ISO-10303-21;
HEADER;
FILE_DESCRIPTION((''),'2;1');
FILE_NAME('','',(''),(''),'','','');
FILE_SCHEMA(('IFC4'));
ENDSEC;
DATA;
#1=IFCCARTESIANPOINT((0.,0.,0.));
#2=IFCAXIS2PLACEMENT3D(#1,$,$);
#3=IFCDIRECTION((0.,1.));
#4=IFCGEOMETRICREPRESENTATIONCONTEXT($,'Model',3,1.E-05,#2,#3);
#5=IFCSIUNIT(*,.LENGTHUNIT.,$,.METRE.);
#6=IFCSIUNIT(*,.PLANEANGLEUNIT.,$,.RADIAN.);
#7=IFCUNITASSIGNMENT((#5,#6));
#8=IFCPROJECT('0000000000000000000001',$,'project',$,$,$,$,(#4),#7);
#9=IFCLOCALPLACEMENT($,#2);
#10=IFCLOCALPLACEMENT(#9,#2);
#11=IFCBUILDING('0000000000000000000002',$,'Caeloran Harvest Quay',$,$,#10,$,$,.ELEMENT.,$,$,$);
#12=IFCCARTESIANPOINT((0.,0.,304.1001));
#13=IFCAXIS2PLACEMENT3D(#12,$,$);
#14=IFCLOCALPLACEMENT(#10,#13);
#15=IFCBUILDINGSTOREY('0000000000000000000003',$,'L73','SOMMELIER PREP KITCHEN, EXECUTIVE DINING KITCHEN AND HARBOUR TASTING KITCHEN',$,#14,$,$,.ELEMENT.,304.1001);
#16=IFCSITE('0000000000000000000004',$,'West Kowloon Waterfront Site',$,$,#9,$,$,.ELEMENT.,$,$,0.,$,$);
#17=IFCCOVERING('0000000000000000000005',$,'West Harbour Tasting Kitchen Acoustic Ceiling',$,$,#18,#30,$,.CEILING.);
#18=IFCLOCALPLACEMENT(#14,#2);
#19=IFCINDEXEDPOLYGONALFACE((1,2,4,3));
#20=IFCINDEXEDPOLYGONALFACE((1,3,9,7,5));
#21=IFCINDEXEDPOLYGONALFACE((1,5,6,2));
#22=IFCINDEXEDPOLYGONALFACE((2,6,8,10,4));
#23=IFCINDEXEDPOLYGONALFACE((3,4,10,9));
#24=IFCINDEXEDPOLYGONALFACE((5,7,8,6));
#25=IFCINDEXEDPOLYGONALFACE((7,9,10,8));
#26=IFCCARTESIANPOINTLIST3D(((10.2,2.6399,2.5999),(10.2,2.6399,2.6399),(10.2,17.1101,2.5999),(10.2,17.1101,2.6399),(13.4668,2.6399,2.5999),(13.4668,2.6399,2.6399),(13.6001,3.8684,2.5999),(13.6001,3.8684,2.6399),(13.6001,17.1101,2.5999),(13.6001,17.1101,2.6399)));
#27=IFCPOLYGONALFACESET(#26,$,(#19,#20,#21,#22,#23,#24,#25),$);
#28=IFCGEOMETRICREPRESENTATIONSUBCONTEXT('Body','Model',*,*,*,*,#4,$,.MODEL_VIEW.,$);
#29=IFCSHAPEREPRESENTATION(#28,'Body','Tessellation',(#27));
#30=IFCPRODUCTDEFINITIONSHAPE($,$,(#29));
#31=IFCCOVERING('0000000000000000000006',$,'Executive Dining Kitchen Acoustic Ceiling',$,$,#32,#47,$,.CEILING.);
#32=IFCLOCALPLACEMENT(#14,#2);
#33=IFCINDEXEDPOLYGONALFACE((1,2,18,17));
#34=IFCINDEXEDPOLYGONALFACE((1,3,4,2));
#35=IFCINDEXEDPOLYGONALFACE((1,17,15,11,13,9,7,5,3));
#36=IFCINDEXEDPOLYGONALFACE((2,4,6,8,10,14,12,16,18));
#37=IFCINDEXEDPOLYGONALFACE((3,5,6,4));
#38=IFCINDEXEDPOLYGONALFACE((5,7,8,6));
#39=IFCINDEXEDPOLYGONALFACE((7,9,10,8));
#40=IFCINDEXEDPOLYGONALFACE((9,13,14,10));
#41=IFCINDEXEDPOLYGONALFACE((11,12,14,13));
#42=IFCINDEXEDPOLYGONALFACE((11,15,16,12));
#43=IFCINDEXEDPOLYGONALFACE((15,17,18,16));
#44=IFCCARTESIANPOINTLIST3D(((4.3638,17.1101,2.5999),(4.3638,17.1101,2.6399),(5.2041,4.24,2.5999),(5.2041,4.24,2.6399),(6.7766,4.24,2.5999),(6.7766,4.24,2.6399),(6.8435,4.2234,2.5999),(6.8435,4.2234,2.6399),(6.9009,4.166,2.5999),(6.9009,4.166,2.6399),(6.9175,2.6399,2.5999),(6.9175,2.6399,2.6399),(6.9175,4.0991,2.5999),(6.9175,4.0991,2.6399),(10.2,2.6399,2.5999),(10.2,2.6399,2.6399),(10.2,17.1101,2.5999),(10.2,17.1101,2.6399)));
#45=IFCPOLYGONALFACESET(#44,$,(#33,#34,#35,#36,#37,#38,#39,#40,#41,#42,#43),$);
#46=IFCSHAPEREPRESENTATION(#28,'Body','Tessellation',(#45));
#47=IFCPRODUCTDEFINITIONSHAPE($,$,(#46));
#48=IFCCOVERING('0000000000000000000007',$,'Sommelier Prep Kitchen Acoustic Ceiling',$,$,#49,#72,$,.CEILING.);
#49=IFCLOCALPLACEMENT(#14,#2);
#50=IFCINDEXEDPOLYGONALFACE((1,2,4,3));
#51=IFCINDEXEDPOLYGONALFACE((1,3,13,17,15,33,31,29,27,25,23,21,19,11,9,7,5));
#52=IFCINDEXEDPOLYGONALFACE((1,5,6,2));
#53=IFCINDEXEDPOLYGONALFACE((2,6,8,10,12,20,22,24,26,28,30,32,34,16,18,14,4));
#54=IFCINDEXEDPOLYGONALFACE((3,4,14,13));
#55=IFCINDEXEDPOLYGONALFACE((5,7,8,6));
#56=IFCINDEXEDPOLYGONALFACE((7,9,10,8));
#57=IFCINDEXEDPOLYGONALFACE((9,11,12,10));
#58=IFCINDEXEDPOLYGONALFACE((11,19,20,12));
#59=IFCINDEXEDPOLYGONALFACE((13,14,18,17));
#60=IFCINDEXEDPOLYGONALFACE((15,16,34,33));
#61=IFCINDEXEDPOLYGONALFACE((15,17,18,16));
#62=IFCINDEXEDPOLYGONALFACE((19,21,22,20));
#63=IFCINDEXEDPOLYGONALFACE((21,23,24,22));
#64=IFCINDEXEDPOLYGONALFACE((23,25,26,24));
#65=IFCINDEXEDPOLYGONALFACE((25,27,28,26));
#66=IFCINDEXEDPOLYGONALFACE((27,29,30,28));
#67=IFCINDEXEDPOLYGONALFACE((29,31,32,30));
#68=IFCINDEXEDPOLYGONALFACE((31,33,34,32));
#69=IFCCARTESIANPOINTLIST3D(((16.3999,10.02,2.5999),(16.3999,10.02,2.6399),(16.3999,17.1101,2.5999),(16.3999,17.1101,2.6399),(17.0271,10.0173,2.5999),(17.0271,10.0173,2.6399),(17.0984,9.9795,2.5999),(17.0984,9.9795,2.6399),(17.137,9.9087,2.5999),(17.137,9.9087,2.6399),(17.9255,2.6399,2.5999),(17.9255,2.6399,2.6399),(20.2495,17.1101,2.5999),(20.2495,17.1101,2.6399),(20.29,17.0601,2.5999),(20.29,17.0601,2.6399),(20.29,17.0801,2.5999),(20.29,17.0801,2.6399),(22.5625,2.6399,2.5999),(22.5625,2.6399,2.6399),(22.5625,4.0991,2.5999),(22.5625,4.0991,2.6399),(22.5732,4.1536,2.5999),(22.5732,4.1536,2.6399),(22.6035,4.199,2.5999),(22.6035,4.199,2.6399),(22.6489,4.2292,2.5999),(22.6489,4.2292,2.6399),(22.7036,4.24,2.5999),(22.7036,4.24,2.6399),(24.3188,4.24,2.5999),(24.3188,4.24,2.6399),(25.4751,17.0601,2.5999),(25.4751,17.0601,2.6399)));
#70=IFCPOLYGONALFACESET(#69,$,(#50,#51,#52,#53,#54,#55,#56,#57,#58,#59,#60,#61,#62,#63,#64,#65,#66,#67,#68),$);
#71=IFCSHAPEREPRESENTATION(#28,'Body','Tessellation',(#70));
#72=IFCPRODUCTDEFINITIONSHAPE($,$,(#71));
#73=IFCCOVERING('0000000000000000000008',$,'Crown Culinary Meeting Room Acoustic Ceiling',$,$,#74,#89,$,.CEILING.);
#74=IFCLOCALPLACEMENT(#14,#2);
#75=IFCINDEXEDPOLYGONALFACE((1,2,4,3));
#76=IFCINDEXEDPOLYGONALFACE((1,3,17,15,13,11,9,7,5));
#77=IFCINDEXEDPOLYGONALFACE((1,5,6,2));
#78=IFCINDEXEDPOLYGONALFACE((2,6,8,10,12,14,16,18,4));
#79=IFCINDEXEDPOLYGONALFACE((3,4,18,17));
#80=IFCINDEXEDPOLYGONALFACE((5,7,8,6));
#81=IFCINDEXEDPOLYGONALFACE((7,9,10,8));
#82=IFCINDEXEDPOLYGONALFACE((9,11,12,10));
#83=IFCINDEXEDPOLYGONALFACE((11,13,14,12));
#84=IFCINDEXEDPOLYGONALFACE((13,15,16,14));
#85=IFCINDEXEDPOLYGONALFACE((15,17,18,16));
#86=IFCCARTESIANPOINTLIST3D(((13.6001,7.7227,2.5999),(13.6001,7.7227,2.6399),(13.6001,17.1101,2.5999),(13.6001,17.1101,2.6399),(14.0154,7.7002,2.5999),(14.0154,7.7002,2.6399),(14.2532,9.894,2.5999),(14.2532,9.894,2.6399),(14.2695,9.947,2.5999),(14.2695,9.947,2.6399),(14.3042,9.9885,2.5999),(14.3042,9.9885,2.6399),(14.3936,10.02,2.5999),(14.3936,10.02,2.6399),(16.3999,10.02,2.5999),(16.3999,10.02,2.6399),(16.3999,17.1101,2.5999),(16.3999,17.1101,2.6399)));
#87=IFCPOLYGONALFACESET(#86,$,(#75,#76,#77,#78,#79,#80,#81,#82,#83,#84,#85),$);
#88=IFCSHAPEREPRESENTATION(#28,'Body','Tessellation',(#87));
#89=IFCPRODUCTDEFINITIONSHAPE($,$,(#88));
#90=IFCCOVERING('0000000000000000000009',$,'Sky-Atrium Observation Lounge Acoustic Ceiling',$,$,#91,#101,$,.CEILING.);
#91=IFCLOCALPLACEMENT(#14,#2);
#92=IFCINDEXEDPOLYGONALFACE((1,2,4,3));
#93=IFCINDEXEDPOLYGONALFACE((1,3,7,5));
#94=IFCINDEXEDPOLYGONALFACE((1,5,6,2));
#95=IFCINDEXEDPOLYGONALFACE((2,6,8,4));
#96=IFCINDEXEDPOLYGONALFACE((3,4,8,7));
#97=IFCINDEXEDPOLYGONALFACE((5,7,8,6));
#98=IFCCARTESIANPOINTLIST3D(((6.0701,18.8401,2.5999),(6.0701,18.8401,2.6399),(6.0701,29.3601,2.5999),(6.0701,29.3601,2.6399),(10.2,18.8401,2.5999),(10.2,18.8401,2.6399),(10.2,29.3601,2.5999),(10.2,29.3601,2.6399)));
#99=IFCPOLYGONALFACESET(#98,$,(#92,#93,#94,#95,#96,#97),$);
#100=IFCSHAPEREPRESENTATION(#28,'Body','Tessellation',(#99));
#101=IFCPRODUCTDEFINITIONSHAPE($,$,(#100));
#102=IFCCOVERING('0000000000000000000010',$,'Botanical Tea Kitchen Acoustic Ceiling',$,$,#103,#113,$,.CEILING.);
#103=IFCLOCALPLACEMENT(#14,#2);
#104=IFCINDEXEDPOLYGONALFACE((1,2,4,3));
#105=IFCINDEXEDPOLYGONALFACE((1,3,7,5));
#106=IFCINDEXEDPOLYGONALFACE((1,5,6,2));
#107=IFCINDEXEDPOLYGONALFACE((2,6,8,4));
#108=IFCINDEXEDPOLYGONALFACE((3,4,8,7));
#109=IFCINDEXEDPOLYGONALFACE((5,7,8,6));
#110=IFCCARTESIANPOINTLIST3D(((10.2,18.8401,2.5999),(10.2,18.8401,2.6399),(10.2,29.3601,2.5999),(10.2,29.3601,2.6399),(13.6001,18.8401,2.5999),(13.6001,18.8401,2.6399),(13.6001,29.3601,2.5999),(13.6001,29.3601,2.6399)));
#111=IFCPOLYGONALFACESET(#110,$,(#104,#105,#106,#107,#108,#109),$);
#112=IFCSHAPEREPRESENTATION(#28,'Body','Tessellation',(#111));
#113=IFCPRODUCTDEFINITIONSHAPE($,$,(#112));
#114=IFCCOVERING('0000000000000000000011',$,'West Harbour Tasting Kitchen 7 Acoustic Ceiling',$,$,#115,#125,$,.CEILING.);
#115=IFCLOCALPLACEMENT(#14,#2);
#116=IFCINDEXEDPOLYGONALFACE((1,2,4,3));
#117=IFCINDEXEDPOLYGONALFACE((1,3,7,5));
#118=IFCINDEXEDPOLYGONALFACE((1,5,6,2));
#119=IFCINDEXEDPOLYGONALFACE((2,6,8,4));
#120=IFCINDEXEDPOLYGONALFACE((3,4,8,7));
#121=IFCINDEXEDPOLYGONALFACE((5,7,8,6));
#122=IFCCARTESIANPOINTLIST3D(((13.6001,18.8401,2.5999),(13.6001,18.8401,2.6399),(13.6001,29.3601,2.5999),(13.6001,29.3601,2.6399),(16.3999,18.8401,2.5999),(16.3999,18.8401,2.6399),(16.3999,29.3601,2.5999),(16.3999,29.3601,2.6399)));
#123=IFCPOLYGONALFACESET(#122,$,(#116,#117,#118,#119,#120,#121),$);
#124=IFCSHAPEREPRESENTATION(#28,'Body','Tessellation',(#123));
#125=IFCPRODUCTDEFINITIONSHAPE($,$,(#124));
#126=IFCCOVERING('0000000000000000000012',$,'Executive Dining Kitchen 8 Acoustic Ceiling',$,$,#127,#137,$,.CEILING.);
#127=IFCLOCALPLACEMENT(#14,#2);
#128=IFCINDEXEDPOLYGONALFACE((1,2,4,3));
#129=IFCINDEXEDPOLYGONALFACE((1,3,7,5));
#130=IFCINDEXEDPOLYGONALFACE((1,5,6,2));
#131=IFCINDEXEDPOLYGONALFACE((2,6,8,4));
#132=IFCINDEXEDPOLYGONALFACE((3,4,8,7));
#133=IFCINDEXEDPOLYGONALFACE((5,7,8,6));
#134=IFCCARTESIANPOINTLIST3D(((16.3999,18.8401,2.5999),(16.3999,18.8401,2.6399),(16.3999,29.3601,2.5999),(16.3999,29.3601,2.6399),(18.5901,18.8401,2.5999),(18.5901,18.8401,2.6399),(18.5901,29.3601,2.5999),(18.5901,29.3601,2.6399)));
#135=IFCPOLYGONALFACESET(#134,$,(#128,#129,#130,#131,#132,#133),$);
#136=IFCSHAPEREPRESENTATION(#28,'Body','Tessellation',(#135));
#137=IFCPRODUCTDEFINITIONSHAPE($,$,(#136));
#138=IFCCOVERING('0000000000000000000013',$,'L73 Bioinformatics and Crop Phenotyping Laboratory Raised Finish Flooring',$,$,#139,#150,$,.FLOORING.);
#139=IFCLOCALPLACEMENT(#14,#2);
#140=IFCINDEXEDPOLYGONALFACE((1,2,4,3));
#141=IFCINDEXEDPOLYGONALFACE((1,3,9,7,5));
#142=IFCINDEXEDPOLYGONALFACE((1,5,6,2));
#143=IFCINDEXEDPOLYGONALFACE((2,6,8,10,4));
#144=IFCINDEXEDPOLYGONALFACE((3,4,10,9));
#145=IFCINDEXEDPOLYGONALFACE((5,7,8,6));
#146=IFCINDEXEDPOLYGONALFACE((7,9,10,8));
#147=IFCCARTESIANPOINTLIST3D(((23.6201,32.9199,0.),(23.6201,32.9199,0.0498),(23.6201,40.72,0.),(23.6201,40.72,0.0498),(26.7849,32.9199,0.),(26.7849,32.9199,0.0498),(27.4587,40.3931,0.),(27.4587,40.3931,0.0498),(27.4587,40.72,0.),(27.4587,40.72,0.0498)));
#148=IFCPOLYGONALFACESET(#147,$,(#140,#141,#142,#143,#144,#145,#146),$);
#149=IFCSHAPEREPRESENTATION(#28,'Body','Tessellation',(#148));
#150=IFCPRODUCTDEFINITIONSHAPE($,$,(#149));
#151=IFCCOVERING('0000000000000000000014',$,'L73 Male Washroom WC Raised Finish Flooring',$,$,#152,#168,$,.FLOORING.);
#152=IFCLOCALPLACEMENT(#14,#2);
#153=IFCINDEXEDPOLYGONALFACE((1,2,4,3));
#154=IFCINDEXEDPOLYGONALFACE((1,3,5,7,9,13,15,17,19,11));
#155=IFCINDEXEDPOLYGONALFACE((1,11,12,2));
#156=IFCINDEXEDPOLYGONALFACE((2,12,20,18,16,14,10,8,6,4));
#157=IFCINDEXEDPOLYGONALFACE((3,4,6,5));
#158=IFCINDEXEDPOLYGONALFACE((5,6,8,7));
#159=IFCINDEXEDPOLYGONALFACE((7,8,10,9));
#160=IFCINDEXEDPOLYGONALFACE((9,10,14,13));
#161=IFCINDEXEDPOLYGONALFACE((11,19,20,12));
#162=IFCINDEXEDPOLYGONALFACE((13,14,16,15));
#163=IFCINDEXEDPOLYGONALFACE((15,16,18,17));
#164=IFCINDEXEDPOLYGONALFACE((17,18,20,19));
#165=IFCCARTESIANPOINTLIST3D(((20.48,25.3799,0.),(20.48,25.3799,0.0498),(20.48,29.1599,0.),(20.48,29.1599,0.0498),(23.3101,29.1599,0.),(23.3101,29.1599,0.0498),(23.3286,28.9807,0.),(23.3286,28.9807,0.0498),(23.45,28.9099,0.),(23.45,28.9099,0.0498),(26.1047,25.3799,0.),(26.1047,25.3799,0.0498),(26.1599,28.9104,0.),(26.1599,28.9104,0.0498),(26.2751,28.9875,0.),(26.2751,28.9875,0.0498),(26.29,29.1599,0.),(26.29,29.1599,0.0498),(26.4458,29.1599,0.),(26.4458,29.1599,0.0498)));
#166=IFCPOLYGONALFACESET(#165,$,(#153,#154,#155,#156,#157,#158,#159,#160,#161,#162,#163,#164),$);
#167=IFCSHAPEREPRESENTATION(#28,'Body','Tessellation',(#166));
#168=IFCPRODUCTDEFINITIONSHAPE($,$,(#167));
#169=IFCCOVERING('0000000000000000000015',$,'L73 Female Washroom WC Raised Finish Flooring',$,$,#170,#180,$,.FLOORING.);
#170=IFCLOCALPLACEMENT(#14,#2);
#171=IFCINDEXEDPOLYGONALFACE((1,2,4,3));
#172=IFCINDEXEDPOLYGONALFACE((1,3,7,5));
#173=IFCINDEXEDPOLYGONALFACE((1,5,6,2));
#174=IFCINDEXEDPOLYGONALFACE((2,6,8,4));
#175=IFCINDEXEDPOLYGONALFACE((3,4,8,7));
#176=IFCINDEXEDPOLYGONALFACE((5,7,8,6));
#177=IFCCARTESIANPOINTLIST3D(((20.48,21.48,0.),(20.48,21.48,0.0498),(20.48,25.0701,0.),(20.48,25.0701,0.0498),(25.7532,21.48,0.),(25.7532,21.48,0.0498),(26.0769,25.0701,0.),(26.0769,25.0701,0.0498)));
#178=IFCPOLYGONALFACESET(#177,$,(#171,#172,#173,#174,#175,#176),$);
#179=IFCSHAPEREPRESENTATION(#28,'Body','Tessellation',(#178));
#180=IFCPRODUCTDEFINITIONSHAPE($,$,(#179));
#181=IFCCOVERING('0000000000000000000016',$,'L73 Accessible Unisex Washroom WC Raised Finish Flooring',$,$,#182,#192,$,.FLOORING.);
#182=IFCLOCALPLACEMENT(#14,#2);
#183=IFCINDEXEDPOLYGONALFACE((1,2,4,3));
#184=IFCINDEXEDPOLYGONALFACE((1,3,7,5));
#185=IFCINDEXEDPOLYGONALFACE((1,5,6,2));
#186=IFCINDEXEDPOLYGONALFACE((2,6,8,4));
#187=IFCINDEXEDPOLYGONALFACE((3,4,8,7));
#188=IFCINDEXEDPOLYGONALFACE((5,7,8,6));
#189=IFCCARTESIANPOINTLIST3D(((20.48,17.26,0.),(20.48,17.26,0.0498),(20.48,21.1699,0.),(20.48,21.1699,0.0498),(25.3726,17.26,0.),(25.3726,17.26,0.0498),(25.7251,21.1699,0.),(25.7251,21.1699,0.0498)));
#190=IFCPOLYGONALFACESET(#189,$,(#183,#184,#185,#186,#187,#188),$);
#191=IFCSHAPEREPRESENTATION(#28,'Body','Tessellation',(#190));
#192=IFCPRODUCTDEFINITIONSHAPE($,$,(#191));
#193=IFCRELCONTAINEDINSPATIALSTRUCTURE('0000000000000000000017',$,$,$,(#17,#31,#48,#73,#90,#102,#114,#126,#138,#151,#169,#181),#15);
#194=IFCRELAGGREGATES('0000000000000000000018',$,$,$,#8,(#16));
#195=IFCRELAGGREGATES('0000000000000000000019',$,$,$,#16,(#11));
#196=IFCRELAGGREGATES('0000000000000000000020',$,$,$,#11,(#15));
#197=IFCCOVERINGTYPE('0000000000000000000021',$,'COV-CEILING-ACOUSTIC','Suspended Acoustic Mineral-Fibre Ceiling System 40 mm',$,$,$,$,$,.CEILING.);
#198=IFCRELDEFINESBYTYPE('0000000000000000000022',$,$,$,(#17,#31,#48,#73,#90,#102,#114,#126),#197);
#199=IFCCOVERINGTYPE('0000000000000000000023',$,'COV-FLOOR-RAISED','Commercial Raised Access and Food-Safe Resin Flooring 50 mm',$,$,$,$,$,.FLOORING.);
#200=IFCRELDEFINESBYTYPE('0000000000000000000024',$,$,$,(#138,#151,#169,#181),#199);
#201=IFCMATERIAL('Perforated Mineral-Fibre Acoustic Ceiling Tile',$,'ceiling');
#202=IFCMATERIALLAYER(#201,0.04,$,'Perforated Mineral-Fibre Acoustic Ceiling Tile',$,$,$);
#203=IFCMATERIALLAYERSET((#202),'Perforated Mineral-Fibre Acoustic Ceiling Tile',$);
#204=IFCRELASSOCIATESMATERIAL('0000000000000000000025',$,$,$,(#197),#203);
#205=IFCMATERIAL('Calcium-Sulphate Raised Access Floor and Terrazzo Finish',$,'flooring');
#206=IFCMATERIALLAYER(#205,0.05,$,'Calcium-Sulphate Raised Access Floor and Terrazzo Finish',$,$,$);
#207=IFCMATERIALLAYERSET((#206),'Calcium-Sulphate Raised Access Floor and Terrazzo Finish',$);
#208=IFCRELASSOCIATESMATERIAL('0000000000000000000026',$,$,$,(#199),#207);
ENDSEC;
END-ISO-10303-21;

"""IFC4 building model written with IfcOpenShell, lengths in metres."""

from ifc_helpers import new_model, si_unit, direction, frame, origin, place, context, subcontext, project, spatial, polyline, outline, extrude, material, layer, layer_set, type_object, element, save


model = new_model("IFC4")

# Units and contexts
model_context = context("Model", 3, precision=1e-05, world=origin(), true_north=direction((0.0, 1.0)))
body_context = subcontext(model_context, "Body", "Model", "MODEL_VIEW")
ifc_project = project(units=[si_unit("LENGTHUNIT", "METRE"), si_unit("PLANEANGLEUNIT", "RADIAN")], contexts=[model_context])

# Site, building, storey
site_placement = place(None, origin())
site = spatial("IfcSite", under=ifc_project, at=site_placement, Name="West Kowloon Waterfront Site", CompositionType="ELEMENT", RefElevation=0.0)
building_placement = place(site_placement, origin())
building = spatial("IfcBuilding", under=site, at=building_placement, Name="Caeloran Harvest Quay", CompositionType="ELEMENT")
storey_placement = place(building_placement, frame((0.0, 0.0, 304.1001)))
storey = spatial("IfcBuildingStorey", under=building, at=storey_placement, Name="L73", Description="SOMMELIER PREP KITCHEN, EXECUTIVE DINING KITCHEN AND HARBOUR TASTING KITCHEN", CompositionType="ELEMENT", Elevation=304.1001)

# Coverings
ifc_material_1 = material(Name="Perforated Mineral-Fibre Acoustic Ceiling Tile", Category="ceiling")
ifc_layer_1 = layer(ifc_material_1, 0.04, Name="Perforated Mineral-Fibre Acoustic Ceiling Tile")
ifc_layer_set_1 = layer_set([ifc_layer_1], Name="Perforated Mineral-Fibre Acoustic Ceiling Tile")
covering_type_1 = type_object("IfcCoveringType", Name="COV-CEILING-ACOUSTIC", Description="Suspended Acoustic Mineral-Fibre Ceiling System 40 mm", PredefinedType="CEILING", material=ifc_layer_set_1)
covering_1_placement = place(storey_placement, frame((0.0, 0.0, 2.5999)))
element("IfcCovering", 1, at=covering_1_placement, inside=storey, type_object=covering_type_1, Name="West Harbour Tasting Kitchen Acoustic Ceiling", PredefinedType="CEILING", context=body_context, shape_type="SweptSolid", body=[
    extrude(outline(polyline([(10.2, 2.6399), (10.2, 17.1101), (13.6001, 17.1101), (13.6001, 3.8684), (13.4668, 2.6399), (10.2, 2.6399)])), origin(), (0.0, 0.0, 1.0), 0.04),
])
covering_2_placement = place(storey_placement, frame((0.0, 0.0, 2.5999)))
element("IfcCovering", 2, at=covering_2_placement, inside=storey, type_object=covering_type_1, Name="Executive Dining Kitchen Acoustic Ceiling", PredefinedType="CEILING", context=body_context, shape_type="SweptSolid", body=[
    extrude(outline(polyline([(6.9009, 4.166), (6.8435, 4.2234), (6.7766, 4.24), (5.2041, 4.24), (4.3638, 17.1101), (10.2, 17.1101), (10.2, 2.6399), (6.9175, 2.6399), (6.9175, 4.0991), (6.9009, 4.166)])), origin(), (0.0, 0.0, 1.0), 0.04),
])
covering_3_placement = place(storey_placement, frame((0.0, 0.0, 2.5999)))
element("IfcCovering", 3, at=covering_3_placement, inside=storey, type_object=covering_type_1, Name="Sommelier Prep Kitchen Acoustic Ceiling", PredefinedType="CEILING", context=body_context, shape_type="SweptSolid", body=[
    extrude(outline(polyline([(25.4751, 17.0601), (24.3188, 4.24), (22.7036, 4.24), (22.6489, 4.2292), (22.6035, 4.199), (22.5732, 4.1536), (22.5625, 4.0991), (22.5625, 2.6399), (17.9255, 2.6399), (17.137, 9.9087), (17.0984, 9.9795), (17.0271, 10.0173), (16.3999, 10.02), (16.3999, 17.1101), (20.2495, 17.1101), (20.29, 17.0801), (20.29, 17.0601), (25.4751, 17.0601)])), origin(), (0.0, 0.0, 1.0), 0.04),
])
covering_4_placement = place(storey_placement, frame((0.0, 0.0, 2.5999)))
element("IfcCovering", 4, at=covering_4_placement, inside=storey, type_object=covering_type_1, Name="Crown Culinary Meeting Room Acoustic Ceiling", PredefinedType="CEILING", context=body_context, shape_type="SweptSolid", body=[
    extrude(outline(polyline([(16.3999, 17.1101), (16.3999, 10.02), (14.3936, 10.02), (14.3042, 9.9885), (14.2695, 9.947), (14.2532, 9.894), (14.0154, 7.7002), (13.6001, 7.7227), (13.6001, 17.1101), (16.3999, 17.1101)])), origin(), (0.0, 0.0, 1.0), 0.04),
])
covering_5_placement = place(storey_placement, frame((0.0, 0.0, 2.5999)))
element("IfcCovering", 5, at=covering_5_placement, inside=storey, type_object=covering_type_1, Name="Sky-Atrium Observation Lounge Acoustic Ceiling", PredefinedType="CEILING", context=body_context, shape_type="SweptSolid", body=[
    extrude(outline(polyline([(10.2, 29.3601), (10.2, 18.8401), (6.0701, 18.8401), (6.0701, 29.3601), (10.2, 29.3601)])), origin(), (0.0, 0.0, 1.0), 0.04),
])
covering_6_placement = place(storey_placement, frame((0.0, 0.0, 2.5999)))
element("IfcCovering", 6, at=covering_6_placement, inside=storey, type_object=covering_type_1, Name="Botanical Tea Kitchen Acoustic Ceiling", PredefinedType="CEILING", context=body_context, shape_type="SweptSolid", body=[
    extrude(outline(polyline([(10.2, 29.3601), (13.6001, 29.3601), (13.6001, 18.8401), (10.2, 18.8401), (10.2, 29.3601)])), origin(), (0.0, 0.0, 1.0), 0.04),
])
covering_7_placement = place(storey_placement, frame((0.0, 0.0, 2.5999)))
element("IfcCovering", 7, at=covering_7_placement, inside=storey, type_object=covering_type_1, Name="West Harbour Tasting Kitchen 7 Acoustic Ceiling", PredefinedType="CEILING", context=body_context, shape_type="SweptSolid", body=[
    extrude(outline(polyline([(13.6001, 29.3601), (16.3999, 29.3601), (16.3999, 18.8401), (13.6001, 18.8401), (13.6001, 29.3601)])), origin(), (0.0, 0.0, 1.0), 0.04),
])
covering_8_placement = place(storey_placement, frame((0.0, 0.0, 2.5999)))
element("IfcCovering", 8, at=covering_8_placement, inside=storey, type_object=covering_type_1, Name="Executive Dining Kitchen 8 Acoustic Ceiling", PredefinedType="CEILING", context=body_context, shape_type="SweptSolid", body=[
    extrude(outline(polyline([(16.3999, 29.3601), (18.5901, 29.3601), (18.5901, 18.8401), (16.3999, 18.8401), (16.3999, 29.3601)])), origin(), (0.0, 0.0, 1.0), 0.04),
])
ifc_material_2 = material(Name="Calcium-Sulphate Raised Access Floor and Terrazzo Finish", Category="flooring")
ifc_layer_2 = layer(ifc_material_2, 0.05, Name="Calcium-Sulphate Raised Access Floor and Terrazzo Finish")
ifc_layer_set_2 = layer_set([ifc_layer_2], Name="Calcium-Sulphate Raised Access Floor and Terrazzo Finish")
covering_type_2 = type_object("IfcCoveringType", Name="COV-FLOOR-RAISED", Description="Commercial Raised Access and Food-Safe Resin Flooring 50 mm", PredefinedType="FLOORING", material=ifc_layer_set_2)
covering_9_placement = place(storey_placement, origin())
element("IfcCovering", 9, at=covering_9_placement, inside=storey, type_object=covering_type_2, Name="L73 Bioinformatics and Crop Phenotyping Laboratory Raised Finish Flooring", PredefinedType="FLOORING", context=body_context, shape_type="SweptSolid", body=[
    extrude(outline(polyline([(27.4587, 40.3931), (26.7849, 32.9199), (23.6201, 32.9199), (23.6201, 40.72), (27.4587, 40.72), (27.4587, 40.3931)])), origin(), (0.0, 0.0, 1.0), 0.0498),
])
covering_10_placement = place(storey_placement, origin())
element("IfcCovering", 10, at=covering_10_placement, inside=storey, type_object=covering_type_2, Name="L73 Male Washroom WC Raised Finish Flooring", PredefinedType="FLOORING", context=body_context, shape_type="SweptSolid", body=[
    extrude(outline(polyline([(23.3101, 29.1599), (23.3286, 28.9807), (23.45, 28.9099), (26.1599, 28.9104), (26.2751, 28.9875), (26.29, 29.1599), (26.4458, 29.1599), (26.1047, 25.3799), (20.48, 25.3799), (20.48, 29.1599), (23.3101, 29.1599)])), origin(), (0.0, 0.0, 1.0), 0.0498),
])
covering_11_placement = place(storey_placement, origin())
element("IfcCovering", 11, at=covering_11_placement, inside=storey, type_object=covering_type_2, Name="L73 Female Washroom WC Raised Finish Flooring", PredefinedType="FLOORING", context=body_context, shape_type="SweptSolid", body=[
    extrude(outline(polyline([(26.0769, 25.0701), (25.7532, 21.48), (20.48, 21.48), (20.48, 25.0701), (26.0769, 25.0701)])), origin(), (0.0, 0.0, 1.0), 0.0498),
])
covering_12_placement = place(storey_placement, origin())
element("IfcCovering", 12, at=covering_12_placement, inside=storey, type_object=covering_type_2, Name="L73 Accessible Unisex Washroom WC Raised Finish Flooring", PredefinedType="FLOORING", context=body_context, shape_type="SweptSolid", body=[
    extrude(outline(polyline([(25.7251, 21.1699), (25.3726, 17.26), (20.48, 17.26), (20.48, 21.1699), (25.7251, 21.1699)])), origin(), (0.0, 0.0, 1.0), 0.0498),
])

save(model, "model.ifc")
